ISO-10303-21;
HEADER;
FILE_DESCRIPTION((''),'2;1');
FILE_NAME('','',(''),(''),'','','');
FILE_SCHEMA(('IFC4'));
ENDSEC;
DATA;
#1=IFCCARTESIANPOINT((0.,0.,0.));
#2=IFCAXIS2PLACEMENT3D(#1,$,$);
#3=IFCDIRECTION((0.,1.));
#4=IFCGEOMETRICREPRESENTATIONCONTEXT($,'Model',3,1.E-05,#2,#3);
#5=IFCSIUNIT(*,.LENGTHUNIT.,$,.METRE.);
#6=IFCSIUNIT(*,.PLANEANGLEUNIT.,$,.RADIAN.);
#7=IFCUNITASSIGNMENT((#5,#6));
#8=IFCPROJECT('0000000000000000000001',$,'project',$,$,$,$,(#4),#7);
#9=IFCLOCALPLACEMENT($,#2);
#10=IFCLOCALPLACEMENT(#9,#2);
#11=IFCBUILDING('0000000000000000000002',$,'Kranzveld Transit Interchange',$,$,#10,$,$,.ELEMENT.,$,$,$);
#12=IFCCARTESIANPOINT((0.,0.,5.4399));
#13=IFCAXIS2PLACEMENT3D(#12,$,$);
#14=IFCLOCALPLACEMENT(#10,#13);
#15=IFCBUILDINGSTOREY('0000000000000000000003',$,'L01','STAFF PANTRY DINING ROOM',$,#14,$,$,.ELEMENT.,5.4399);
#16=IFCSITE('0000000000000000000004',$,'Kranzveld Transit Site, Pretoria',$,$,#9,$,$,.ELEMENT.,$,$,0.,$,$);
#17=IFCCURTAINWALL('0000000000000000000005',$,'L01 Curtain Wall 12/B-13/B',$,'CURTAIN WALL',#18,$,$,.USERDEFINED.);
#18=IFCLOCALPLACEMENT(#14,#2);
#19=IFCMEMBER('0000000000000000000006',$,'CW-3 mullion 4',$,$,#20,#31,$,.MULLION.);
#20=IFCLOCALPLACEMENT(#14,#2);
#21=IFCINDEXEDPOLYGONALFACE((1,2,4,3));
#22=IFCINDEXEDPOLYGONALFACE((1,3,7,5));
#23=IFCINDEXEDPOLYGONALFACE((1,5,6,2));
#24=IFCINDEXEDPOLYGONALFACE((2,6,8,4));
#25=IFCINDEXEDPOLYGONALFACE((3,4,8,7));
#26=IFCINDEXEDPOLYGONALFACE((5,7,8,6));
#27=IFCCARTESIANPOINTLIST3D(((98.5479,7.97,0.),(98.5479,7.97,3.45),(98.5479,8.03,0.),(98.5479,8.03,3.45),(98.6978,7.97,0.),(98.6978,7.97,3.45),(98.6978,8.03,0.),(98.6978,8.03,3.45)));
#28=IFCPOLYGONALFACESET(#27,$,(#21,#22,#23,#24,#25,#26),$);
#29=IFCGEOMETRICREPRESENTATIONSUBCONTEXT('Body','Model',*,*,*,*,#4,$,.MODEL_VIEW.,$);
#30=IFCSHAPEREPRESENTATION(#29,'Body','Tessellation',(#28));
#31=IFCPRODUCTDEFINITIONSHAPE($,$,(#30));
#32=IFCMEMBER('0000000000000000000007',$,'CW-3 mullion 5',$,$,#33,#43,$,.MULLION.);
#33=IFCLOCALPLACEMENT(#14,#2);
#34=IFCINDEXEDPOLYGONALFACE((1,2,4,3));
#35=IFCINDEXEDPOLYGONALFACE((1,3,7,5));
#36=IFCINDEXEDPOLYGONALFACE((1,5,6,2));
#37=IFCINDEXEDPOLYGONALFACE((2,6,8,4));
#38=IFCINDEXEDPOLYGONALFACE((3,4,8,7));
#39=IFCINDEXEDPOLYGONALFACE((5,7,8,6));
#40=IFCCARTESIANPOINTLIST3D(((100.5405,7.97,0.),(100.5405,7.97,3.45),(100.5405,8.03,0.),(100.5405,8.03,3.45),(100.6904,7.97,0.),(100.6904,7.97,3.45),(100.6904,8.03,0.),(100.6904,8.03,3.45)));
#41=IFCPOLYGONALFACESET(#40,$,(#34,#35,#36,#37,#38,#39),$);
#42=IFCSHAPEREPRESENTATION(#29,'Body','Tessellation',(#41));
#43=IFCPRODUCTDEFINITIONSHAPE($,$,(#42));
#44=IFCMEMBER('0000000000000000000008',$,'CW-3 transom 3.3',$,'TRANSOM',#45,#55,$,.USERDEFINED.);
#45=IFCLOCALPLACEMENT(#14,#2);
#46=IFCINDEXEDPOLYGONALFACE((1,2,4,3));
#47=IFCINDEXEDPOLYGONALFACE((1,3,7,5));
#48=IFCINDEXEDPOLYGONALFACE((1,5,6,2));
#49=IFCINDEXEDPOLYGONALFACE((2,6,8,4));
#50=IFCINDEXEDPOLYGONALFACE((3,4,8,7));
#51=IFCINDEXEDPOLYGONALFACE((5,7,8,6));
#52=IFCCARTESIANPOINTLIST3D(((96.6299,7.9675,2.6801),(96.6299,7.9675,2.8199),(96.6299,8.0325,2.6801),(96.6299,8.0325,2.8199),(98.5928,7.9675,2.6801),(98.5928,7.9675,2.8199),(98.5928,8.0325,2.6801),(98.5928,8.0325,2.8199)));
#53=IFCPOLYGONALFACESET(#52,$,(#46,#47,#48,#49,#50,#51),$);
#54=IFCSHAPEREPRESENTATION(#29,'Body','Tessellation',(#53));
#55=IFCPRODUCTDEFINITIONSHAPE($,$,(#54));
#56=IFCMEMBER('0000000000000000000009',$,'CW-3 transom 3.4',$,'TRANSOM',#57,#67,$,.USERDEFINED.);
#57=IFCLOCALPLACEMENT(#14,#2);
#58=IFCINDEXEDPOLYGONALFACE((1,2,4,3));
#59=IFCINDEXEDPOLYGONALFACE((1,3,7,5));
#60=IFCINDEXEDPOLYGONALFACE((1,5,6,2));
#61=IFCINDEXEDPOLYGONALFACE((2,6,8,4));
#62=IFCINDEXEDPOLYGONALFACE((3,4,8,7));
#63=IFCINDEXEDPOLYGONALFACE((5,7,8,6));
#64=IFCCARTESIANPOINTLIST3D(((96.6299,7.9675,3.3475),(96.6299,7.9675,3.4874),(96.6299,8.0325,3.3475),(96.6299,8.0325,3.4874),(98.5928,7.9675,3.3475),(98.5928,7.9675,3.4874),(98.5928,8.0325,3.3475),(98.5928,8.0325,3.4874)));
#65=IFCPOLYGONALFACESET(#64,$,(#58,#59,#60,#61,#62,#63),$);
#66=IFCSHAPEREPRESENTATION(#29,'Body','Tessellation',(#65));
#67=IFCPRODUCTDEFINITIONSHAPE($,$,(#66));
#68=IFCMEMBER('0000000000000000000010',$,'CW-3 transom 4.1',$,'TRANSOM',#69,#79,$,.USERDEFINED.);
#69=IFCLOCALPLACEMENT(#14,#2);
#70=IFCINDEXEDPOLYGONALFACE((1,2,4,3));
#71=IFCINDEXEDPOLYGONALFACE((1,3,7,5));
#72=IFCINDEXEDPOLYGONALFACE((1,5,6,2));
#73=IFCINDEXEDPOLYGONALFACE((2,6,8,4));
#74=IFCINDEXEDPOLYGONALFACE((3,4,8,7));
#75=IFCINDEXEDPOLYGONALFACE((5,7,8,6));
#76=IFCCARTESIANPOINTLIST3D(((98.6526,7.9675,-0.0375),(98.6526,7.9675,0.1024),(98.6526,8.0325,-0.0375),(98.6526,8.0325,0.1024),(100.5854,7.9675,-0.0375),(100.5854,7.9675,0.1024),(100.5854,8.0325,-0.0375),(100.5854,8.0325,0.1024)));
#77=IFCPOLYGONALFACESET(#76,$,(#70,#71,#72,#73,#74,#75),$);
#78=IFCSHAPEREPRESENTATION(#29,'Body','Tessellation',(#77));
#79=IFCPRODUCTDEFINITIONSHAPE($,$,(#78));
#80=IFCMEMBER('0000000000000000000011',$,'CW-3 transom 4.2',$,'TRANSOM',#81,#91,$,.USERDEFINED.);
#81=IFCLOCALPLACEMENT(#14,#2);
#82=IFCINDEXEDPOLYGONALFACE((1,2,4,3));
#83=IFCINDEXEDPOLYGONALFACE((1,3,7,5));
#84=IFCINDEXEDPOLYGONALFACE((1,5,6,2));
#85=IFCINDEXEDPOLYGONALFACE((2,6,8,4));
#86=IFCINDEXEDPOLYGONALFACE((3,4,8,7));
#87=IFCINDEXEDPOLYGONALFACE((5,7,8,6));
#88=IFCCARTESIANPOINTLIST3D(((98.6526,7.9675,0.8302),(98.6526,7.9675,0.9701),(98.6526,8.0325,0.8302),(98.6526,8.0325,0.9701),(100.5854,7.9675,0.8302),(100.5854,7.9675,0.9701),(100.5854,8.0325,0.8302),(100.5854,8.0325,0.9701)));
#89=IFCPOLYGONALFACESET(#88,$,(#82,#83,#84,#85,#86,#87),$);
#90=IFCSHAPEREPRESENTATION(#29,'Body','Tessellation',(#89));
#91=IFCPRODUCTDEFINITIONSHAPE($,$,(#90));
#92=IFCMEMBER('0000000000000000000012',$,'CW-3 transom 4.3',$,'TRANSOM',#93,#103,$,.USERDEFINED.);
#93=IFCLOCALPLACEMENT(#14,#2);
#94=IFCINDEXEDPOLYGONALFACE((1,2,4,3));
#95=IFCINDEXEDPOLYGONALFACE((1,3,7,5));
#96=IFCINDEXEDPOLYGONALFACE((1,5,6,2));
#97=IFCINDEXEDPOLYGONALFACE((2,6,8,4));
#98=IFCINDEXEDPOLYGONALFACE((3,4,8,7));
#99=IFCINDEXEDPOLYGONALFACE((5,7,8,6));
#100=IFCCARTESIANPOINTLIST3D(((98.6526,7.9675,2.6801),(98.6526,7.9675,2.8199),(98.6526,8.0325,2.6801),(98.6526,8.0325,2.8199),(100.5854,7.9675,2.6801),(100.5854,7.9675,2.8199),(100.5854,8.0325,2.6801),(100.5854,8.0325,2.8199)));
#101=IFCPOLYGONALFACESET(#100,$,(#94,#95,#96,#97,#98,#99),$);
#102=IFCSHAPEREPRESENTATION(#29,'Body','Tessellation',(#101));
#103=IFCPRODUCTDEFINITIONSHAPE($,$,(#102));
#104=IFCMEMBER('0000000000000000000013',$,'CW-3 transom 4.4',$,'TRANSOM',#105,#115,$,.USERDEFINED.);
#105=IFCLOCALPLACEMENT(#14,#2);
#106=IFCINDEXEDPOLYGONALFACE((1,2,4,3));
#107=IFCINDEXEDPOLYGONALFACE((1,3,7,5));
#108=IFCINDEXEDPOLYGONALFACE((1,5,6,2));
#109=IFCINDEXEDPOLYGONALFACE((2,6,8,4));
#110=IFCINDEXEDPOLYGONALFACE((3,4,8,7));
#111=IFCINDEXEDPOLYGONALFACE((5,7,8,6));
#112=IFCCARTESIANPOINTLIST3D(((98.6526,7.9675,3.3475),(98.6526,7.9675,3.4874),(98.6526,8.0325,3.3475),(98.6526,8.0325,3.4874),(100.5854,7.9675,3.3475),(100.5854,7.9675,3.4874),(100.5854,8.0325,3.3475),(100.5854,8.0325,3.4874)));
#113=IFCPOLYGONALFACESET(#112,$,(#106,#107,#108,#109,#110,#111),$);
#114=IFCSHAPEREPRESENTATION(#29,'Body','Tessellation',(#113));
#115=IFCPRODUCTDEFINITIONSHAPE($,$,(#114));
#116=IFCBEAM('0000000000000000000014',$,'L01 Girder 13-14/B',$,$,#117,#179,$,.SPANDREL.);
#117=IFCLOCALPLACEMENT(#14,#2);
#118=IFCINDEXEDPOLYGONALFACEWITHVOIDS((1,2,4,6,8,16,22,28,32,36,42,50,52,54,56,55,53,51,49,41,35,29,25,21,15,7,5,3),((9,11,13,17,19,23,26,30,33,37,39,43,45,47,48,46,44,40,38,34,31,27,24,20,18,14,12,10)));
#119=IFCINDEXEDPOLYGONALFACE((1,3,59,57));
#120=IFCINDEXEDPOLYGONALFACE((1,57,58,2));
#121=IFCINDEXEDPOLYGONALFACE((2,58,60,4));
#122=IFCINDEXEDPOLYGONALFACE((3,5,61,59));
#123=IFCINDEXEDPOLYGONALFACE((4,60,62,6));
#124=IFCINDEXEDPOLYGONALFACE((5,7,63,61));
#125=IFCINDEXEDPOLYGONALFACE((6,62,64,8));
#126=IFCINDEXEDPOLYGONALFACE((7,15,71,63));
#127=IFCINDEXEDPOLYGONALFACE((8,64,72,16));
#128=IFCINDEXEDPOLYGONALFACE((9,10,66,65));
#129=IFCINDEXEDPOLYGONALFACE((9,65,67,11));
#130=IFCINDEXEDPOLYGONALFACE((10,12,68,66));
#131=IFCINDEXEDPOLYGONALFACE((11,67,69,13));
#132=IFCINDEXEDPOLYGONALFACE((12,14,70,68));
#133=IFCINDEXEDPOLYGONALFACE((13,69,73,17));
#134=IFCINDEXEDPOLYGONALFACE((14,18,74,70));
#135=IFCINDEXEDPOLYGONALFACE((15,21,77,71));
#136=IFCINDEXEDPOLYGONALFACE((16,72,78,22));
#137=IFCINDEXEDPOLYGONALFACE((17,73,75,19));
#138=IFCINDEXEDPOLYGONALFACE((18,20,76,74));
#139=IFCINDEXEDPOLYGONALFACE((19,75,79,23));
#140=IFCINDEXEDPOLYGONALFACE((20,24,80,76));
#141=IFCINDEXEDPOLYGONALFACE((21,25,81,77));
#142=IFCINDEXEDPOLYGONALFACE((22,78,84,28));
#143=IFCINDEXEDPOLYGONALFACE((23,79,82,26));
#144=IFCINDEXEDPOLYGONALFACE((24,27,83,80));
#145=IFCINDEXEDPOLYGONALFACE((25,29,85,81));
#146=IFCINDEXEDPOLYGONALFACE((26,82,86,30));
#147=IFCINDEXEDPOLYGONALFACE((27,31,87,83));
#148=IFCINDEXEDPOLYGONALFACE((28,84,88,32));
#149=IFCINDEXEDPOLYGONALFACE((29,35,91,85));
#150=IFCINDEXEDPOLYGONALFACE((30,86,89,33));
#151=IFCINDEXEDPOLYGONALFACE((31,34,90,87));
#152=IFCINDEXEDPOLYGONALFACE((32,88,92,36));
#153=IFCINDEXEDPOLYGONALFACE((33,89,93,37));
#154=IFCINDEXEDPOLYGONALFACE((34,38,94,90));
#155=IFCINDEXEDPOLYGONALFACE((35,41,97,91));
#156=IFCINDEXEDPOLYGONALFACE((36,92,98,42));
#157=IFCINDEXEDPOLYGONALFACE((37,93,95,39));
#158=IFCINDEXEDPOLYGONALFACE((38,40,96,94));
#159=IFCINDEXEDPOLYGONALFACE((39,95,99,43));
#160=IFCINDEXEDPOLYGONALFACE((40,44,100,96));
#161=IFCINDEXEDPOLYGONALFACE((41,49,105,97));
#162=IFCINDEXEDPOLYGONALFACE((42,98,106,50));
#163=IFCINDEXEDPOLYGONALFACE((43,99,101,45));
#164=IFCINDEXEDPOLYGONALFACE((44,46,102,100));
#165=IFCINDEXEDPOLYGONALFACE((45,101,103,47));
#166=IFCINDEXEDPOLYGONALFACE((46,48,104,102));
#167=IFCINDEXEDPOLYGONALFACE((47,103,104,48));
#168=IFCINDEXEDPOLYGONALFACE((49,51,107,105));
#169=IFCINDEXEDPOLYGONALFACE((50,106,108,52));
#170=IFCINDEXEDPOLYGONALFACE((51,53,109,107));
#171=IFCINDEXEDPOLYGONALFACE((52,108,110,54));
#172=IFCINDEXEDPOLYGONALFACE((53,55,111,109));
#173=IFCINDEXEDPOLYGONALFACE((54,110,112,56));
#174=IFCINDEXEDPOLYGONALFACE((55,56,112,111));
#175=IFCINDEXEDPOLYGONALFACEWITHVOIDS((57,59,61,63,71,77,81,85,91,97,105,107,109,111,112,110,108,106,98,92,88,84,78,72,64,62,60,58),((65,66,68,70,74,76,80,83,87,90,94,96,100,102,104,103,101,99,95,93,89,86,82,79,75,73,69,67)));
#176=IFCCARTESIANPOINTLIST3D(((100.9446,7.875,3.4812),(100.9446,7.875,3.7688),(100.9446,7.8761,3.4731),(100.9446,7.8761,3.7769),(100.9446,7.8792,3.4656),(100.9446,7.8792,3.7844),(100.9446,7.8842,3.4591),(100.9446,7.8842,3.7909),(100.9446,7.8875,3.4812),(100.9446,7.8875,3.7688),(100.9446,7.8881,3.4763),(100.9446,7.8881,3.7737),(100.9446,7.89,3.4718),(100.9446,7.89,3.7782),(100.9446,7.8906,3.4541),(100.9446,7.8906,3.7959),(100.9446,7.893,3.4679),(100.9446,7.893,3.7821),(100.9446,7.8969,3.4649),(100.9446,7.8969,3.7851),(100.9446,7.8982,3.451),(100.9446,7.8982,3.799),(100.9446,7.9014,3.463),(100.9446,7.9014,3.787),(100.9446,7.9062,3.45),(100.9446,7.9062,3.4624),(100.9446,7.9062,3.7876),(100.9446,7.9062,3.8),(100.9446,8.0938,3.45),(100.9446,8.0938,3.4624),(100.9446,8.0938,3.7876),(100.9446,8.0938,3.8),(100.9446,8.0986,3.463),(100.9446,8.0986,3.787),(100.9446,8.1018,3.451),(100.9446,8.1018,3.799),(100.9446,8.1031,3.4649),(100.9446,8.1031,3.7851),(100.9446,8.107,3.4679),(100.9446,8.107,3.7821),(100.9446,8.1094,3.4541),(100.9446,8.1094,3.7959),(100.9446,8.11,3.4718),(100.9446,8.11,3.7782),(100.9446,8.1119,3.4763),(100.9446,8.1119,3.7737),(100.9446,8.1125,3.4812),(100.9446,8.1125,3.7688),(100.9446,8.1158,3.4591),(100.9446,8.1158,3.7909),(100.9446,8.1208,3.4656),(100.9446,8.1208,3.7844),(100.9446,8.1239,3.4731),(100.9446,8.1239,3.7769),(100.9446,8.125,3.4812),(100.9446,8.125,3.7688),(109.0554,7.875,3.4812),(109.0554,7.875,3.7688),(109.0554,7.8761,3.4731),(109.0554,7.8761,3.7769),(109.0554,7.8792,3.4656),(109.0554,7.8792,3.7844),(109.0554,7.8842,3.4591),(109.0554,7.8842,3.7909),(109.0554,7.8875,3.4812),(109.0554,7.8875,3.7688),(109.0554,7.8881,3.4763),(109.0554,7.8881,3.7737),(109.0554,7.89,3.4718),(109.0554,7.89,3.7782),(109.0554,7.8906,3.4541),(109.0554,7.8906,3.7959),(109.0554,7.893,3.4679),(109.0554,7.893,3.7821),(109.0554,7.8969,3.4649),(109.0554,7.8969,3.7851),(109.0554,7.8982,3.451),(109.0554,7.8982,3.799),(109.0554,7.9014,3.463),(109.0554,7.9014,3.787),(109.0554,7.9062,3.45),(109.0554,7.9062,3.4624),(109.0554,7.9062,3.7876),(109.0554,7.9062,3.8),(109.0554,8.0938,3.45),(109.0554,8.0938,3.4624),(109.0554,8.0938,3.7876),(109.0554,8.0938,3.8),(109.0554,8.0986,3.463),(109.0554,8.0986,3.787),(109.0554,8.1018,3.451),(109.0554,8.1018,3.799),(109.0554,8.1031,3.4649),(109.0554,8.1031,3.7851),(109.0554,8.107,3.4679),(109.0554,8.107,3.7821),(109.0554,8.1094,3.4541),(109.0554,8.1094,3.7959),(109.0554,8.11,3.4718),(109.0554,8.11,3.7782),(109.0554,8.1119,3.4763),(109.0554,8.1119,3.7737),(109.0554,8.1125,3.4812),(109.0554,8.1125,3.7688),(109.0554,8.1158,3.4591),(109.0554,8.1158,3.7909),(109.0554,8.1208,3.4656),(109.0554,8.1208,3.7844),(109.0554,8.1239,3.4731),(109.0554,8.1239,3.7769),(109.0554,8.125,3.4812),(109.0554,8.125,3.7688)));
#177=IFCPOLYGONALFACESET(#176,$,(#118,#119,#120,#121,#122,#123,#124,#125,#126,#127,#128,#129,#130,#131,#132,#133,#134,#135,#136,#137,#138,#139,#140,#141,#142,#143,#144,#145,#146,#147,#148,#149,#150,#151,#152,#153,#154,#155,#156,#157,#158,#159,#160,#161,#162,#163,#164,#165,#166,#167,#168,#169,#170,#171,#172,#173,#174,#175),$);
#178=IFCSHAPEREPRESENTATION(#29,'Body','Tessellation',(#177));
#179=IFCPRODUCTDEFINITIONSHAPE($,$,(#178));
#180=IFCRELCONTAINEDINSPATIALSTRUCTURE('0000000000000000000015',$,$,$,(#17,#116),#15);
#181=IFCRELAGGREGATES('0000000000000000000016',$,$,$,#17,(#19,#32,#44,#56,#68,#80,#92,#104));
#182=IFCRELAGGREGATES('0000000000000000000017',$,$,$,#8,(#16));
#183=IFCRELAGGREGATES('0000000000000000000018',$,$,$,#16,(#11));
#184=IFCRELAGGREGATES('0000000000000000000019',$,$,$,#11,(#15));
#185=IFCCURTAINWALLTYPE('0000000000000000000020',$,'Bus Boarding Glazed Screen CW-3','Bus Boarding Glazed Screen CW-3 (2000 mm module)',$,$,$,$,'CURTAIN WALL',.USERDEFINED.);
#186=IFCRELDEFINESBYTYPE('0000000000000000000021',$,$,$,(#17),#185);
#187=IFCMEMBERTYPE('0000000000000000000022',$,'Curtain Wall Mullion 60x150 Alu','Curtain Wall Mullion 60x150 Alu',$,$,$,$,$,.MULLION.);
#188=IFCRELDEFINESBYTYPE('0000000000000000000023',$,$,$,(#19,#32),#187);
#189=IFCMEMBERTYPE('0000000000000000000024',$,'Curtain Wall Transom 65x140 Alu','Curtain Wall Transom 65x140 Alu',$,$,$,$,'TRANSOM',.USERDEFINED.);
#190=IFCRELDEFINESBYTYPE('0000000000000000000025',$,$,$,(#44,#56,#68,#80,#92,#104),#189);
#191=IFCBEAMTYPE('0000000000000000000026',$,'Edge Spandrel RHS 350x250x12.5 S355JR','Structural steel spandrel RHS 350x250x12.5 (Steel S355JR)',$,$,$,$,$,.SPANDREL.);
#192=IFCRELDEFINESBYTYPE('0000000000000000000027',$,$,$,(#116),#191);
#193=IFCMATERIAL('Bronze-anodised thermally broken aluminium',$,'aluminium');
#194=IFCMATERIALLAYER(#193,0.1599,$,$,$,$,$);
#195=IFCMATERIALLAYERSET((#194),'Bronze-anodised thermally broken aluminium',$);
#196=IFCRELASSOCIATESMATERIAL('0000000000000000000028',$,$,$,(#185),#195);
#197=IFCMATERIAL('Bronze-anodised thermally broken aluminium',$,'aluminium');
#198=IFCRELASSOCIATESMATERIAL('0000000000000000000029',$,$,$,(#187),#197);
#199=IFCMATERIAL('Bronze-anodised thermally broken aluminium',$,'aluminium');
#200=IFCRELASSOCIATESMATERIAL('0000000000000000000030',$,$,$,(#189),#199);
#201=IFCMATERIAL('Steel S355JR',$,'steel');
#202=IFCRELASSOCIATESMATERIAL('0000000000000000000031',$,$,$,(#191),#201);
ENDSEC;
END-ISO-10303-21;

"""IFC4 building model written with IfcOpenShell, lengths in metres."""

from ifc_helpers import new_model, si_unit, direction, frame, origin, origin_2d, place, context, subcontext, project, spatial, rectangle, hollow_rectangle, extrude, material, layer, layer_set, material_profile, profile_set, type_object, element, aggregate, save


model = new_model("IFC4")

# Units and contexts
model_context = context("Model", 3, precision=1e-05, world=origin(), true_north=direction((0.0, 1.0)))
body_context = subcontext(model_context, "Body", "Model", "MODEL_VIEW")
ifc_project = project(units=[si_unit("LENGTHUNIT", "METRE"), si_unit("PLANEANGLEUNIT", "RADIAN")], contexts=[model_context])

# Site, building, storey
site_placement = place(None, origin())
site = spatial("IfcSite", under=ifc_project, at=site_placement, Name="Kranzveld Transit Site, Pretoria", CompositionType="ELEMENT", RefElevation=0.0)
building_placement = place(site_placement, origin())
building = spatial("IfcBuilding", under=site, at=building_placement, Name="Kranzveld Transit Interchange", CompositionType="ELEMENT")
storey_placement = place(building_placement, frame((0.0, 0.0, 5.4399)))
storey = spatial("IfcBuildingStorey", under=building, at=storey_placement, Name="L01", Description="STAFF PANTRY DINING ROOM", CompositionType="ELEMENT", Elevation=5.4399)

# Curtain wall, members
ifc_material_1 = material(Name="Bronze-anodised thermally broken aluminium", Category="aluminium")
ifc_layer_1 = layer(ifc_material_1, 0.1599)
ifc_layer_set_1 = layer_set([ifc_layer_1], Name="Bronze-anodised thermally broken aluminium")
curtain_wall_type = type_object("IfcCurtainWallType", Name="Bus Boarding Glazed Screen CW-3", Description="Bus Boarding Glazed Screen CW-3 (2000 mm module)", ElementType="CURTAIN WALL", PredefinedType="USERDEFINED", material=ifc_layer_set_1)
curtain_wall_placement = place(storey_placement, origin())
curtain_wall = element("IfcCurtainWall", 1, at=curtain_wall_placement, inside=storey, type_object=curtain_wall_type, Name="L01 Curtain Wall 12/B-13/B", ObjectType="CURTAIN WALL", PredefinedType="USERDEFINED")
ifc_material_2 = material(Name="Bronze-anodised thermally broken aluminium", Category="aluminium")
ifc_material_profile_1 = material_profile(ifc_material_2, rectangle(XDim=0.0601, YDim=0.1499, at=origin_2d()), Name="ALU MULLION 60x150")
ifc_profile_set_1 = profile_set([ifc_material_profile_1], Name="Bronze-anodised thermally broken aluminium")
member_type_1 = type_object("IfcMemberType", Name="Curtain Wall Mullion 60x150 Alu", Description="Curtain Wall Mullion 60x150 Alu", PredefinedType="MULLION", material=ifc_profile_set_1)
member_1_placement = place(storey_placement, frame((98.6228, 8.0, 0.0), z_axis=(0.0, 0.0, 1.0), x_axis=(0.0, 1.0, 0.0)))
member_1 = element("IfcMember", 2, at=member_1_placement, type_object=member_type_1, Name="CW-3 mullion 4", PredefinedType="MULLION", context=body_context, shape_type="SweptSolid", body=[
    extrude(rectangle(XDim=0.0601, YDim=0.1499, at=origin_2d()), origin(), (0.0, 0.0, 1.0), 3.45),
])
member_2_placement = place(storey_placement, frame((100.6155, 8.0, 0.0), z_axis=(0.0, 0.0, 1.0), x_axis=(0.0, 1.0, 0.0)))
member_2 = element("IfcMember", 3, at=member_2_placement, type_object=member_type_1, Name="CW-3 mullion 5", PredefinedType="MULLION", context=body_context, shape_type="SweptSolid", body=[
    extrude(rectangle(XDim=0.0601, YDim=0.1499, at=origin_2d()), origin(), (0.0, 0.0, 1.0), 3.45),
])
ifc_material_3 = material(Name="Bronze-anodised thermally broken aluminium", Category="aluminium")
ifc_material_profile_2 = material_profile(ifc_material_3, rectangle(XDim=0.0649, YDim=0.1399, at=origin_2d()), Name="ALU TRANSOM 65x140")
ifc_profile_set_2 = profile_set([ifc_material_profile_2], Name="Bronze-anodised thermally broken aluminium")
member_type_2 = type_object("IfcMemberType", Name="Curtain Wall Transom 65x140 Alu", Description="Curtain Wall Transom 65x140 Alu", ElementType="TRANSOM", PredefinedType="USERDEFINED", material=ifc_profile_set_2)
member_3_placement = place(storey_placement, frame((96.6299, 8.0, 2.75), z_axis=(1.0, 0.0, 0.0), x_axis=(0.0, 1.0, 0.0)))
member_3 = element("IfcMember", 4, at=member_3_placement, type_object=member_type_2, Name="CW-3 transom 3.3", ObjectType="TRANSOM", PredefinedType="USERDEFINED", context=body_context, shape_type="SweptSolid", body=[
    extrude(rectangle(XDim=0.0649, YDim=0.1399, at=origin_2d()), origin(), (0.0, 0.0, 1.0), 1.9629),
])
member_4_placement = place(storey_placement, frame((96.6299, 8.0, 3.4175), z_axis=(1.0, 0.0, 0.0), x_axis=(0.0, 1.0, 0.0)))
member_4 = element("IfcMember", 5, at=member_4_placement, type_object=member_type_2, Name="CW-3 transom 3.4", ObjectType="TRANSOM", PredefinedType="USERDEFINED", context=body_context, shape_type="SweptSolid", body=[
    extrude(rectangle(XDim=0.0649, YDim=0.1399, at=origin_2d()), origin(), (0.0, 0.0, 1.0), 1.9629),
])
member_5_placement = place(storey_placement, frame((98.6526, 8.0, 0.0325), z_axis=(1.0, 0.0, 0.0), x_axis=(0.0, 1.0, 0.0)))
member_5 = element("IfcMember", 6, at=member_5_placement, type_object=member_type_2, Name="CW-3 transom 4.1", ObjectType="TRANSOM", PredefinedType="USERDEFINED", context=body_context, shape_type="SweptSolid", body=[
    extrude(rectangle(XDim=0.0649, YDim=0.1399, at=origin_2d()), origin(), (0.0, 0.0, 1.0), 1.9329),
])
member_6_placement = place(storey_placement, frame((98.6526, 8.0, 0.9001), z_axis=(1.0, 0.0, 0.0), x_axis=(0.0, 1.0, 0.0)))
member_6 = element("IfcMember", 7, at=member_6_placement, type_object=member_type_2, Name="CW-3 transom 4.2", ObjectType="TRANSOM", PredefinedType="USERDEFINED", context=body_context, shape_type="SweptSolid", body=[
    extrude(rectangle(XDim=0.0649, YDim=0.1399, at=origin_2d()), origin(), (0.0, 0.0, 1.0), 1.9329),
])
member_7_placement = place(storey_placement, frame((98.6526, 8.0, 2.75), z_axis=(1.0, 0.0, 0.0), x_axis=(0.0, 1.0, 0.0)))
member_7 = element("IfcMember", 8, at=member_7_placement, type_object=member_type_2, Name="CW-3 transom 4.3", ObjectType="TRANSOM", PredefinedType="USERDEFINED", context=body_context, shape_type="SweptSolid", body=[
    extrude(rectangle(XDim=0.0649, YDim=0.1399, at=origin_2d()), origin(), (0.0, 0.0, 1.0), 1.9329),
])
member_8_placement = place(storey_placement, frame((98.6526, 8.0, 3.4175), z_axis=(1.0, 0.0, 0.0), x_axis=(0.0, 1.0, 0.0)))
member_8 = element("IfcMember", 9, at=member_8_placement, type_object=member_type_2, Name="CW-3 transom 4.4", ObjectType="TRANSOM", PredefinedType="USERDEFINED", context=body_context, shape_type="SweptSolid", body=[
    extrude(rectangle(XDim=0.0649, YDim=0.1399, at=origin_2d()), origin(), (0.0, 0.0, 1.0), 1.9329),
])

# Beam
ifc_material_4 = material(Name="Steel S355JR", Category="steel")
ifc_material_profile_3 = material_profile(ifc_material_4, hollow_rectangle(XDim=0.25, YDim=0.3501, WallThickness=0.0125, InnerFilletRadius=0.0188, OuterFilletRadius=0.0312, at=origin_2d()), Name="RHS 350x250x12.5")
ifc_profile_set_3 = profile_set([ifc_material_profile_3], Name="Steel S355JR")
beam_type_1 = type_object("IfcBeamType", Name="Edge Spandrel RHS 350x250x12.5 S355JR", Description="Structural steel spandrel RHS 350x250x12.5 (Steel S355JR)", PredefinedType="SPANDREL", material=ifc_profile_set_3)
beam_1_placement = place(storey_placement, frame((100.9446, 8.0, 3.625), z_axis=(1.0, 0.0, 0.0), x_axis=(0.0, 1.0, 0.0)))
element("IfcBeam", 10, at=beam_1_placement, inside=storey, type_object=beam_type_1, Name="L01 Girder 13-14/B", PredefinedType="SPANDREL", context=body_context, shape_type="SweptSolid", body=[
    extrude(hollow_rectangle(XDim=0.25, YDim=0.3501, WallThickness=0.0125, InnerFilletRadius=0.0188, OuterFilletRadius=0.0312, at=origin_2d()), origin(), (0.0, 0.0, 1.0), 8.1108),
])

aggregate(curtain_wall, [member_1, member_2, member_3, member_4, member_5, member_6, member_7, member_8])

save(model, "model.ifc")
